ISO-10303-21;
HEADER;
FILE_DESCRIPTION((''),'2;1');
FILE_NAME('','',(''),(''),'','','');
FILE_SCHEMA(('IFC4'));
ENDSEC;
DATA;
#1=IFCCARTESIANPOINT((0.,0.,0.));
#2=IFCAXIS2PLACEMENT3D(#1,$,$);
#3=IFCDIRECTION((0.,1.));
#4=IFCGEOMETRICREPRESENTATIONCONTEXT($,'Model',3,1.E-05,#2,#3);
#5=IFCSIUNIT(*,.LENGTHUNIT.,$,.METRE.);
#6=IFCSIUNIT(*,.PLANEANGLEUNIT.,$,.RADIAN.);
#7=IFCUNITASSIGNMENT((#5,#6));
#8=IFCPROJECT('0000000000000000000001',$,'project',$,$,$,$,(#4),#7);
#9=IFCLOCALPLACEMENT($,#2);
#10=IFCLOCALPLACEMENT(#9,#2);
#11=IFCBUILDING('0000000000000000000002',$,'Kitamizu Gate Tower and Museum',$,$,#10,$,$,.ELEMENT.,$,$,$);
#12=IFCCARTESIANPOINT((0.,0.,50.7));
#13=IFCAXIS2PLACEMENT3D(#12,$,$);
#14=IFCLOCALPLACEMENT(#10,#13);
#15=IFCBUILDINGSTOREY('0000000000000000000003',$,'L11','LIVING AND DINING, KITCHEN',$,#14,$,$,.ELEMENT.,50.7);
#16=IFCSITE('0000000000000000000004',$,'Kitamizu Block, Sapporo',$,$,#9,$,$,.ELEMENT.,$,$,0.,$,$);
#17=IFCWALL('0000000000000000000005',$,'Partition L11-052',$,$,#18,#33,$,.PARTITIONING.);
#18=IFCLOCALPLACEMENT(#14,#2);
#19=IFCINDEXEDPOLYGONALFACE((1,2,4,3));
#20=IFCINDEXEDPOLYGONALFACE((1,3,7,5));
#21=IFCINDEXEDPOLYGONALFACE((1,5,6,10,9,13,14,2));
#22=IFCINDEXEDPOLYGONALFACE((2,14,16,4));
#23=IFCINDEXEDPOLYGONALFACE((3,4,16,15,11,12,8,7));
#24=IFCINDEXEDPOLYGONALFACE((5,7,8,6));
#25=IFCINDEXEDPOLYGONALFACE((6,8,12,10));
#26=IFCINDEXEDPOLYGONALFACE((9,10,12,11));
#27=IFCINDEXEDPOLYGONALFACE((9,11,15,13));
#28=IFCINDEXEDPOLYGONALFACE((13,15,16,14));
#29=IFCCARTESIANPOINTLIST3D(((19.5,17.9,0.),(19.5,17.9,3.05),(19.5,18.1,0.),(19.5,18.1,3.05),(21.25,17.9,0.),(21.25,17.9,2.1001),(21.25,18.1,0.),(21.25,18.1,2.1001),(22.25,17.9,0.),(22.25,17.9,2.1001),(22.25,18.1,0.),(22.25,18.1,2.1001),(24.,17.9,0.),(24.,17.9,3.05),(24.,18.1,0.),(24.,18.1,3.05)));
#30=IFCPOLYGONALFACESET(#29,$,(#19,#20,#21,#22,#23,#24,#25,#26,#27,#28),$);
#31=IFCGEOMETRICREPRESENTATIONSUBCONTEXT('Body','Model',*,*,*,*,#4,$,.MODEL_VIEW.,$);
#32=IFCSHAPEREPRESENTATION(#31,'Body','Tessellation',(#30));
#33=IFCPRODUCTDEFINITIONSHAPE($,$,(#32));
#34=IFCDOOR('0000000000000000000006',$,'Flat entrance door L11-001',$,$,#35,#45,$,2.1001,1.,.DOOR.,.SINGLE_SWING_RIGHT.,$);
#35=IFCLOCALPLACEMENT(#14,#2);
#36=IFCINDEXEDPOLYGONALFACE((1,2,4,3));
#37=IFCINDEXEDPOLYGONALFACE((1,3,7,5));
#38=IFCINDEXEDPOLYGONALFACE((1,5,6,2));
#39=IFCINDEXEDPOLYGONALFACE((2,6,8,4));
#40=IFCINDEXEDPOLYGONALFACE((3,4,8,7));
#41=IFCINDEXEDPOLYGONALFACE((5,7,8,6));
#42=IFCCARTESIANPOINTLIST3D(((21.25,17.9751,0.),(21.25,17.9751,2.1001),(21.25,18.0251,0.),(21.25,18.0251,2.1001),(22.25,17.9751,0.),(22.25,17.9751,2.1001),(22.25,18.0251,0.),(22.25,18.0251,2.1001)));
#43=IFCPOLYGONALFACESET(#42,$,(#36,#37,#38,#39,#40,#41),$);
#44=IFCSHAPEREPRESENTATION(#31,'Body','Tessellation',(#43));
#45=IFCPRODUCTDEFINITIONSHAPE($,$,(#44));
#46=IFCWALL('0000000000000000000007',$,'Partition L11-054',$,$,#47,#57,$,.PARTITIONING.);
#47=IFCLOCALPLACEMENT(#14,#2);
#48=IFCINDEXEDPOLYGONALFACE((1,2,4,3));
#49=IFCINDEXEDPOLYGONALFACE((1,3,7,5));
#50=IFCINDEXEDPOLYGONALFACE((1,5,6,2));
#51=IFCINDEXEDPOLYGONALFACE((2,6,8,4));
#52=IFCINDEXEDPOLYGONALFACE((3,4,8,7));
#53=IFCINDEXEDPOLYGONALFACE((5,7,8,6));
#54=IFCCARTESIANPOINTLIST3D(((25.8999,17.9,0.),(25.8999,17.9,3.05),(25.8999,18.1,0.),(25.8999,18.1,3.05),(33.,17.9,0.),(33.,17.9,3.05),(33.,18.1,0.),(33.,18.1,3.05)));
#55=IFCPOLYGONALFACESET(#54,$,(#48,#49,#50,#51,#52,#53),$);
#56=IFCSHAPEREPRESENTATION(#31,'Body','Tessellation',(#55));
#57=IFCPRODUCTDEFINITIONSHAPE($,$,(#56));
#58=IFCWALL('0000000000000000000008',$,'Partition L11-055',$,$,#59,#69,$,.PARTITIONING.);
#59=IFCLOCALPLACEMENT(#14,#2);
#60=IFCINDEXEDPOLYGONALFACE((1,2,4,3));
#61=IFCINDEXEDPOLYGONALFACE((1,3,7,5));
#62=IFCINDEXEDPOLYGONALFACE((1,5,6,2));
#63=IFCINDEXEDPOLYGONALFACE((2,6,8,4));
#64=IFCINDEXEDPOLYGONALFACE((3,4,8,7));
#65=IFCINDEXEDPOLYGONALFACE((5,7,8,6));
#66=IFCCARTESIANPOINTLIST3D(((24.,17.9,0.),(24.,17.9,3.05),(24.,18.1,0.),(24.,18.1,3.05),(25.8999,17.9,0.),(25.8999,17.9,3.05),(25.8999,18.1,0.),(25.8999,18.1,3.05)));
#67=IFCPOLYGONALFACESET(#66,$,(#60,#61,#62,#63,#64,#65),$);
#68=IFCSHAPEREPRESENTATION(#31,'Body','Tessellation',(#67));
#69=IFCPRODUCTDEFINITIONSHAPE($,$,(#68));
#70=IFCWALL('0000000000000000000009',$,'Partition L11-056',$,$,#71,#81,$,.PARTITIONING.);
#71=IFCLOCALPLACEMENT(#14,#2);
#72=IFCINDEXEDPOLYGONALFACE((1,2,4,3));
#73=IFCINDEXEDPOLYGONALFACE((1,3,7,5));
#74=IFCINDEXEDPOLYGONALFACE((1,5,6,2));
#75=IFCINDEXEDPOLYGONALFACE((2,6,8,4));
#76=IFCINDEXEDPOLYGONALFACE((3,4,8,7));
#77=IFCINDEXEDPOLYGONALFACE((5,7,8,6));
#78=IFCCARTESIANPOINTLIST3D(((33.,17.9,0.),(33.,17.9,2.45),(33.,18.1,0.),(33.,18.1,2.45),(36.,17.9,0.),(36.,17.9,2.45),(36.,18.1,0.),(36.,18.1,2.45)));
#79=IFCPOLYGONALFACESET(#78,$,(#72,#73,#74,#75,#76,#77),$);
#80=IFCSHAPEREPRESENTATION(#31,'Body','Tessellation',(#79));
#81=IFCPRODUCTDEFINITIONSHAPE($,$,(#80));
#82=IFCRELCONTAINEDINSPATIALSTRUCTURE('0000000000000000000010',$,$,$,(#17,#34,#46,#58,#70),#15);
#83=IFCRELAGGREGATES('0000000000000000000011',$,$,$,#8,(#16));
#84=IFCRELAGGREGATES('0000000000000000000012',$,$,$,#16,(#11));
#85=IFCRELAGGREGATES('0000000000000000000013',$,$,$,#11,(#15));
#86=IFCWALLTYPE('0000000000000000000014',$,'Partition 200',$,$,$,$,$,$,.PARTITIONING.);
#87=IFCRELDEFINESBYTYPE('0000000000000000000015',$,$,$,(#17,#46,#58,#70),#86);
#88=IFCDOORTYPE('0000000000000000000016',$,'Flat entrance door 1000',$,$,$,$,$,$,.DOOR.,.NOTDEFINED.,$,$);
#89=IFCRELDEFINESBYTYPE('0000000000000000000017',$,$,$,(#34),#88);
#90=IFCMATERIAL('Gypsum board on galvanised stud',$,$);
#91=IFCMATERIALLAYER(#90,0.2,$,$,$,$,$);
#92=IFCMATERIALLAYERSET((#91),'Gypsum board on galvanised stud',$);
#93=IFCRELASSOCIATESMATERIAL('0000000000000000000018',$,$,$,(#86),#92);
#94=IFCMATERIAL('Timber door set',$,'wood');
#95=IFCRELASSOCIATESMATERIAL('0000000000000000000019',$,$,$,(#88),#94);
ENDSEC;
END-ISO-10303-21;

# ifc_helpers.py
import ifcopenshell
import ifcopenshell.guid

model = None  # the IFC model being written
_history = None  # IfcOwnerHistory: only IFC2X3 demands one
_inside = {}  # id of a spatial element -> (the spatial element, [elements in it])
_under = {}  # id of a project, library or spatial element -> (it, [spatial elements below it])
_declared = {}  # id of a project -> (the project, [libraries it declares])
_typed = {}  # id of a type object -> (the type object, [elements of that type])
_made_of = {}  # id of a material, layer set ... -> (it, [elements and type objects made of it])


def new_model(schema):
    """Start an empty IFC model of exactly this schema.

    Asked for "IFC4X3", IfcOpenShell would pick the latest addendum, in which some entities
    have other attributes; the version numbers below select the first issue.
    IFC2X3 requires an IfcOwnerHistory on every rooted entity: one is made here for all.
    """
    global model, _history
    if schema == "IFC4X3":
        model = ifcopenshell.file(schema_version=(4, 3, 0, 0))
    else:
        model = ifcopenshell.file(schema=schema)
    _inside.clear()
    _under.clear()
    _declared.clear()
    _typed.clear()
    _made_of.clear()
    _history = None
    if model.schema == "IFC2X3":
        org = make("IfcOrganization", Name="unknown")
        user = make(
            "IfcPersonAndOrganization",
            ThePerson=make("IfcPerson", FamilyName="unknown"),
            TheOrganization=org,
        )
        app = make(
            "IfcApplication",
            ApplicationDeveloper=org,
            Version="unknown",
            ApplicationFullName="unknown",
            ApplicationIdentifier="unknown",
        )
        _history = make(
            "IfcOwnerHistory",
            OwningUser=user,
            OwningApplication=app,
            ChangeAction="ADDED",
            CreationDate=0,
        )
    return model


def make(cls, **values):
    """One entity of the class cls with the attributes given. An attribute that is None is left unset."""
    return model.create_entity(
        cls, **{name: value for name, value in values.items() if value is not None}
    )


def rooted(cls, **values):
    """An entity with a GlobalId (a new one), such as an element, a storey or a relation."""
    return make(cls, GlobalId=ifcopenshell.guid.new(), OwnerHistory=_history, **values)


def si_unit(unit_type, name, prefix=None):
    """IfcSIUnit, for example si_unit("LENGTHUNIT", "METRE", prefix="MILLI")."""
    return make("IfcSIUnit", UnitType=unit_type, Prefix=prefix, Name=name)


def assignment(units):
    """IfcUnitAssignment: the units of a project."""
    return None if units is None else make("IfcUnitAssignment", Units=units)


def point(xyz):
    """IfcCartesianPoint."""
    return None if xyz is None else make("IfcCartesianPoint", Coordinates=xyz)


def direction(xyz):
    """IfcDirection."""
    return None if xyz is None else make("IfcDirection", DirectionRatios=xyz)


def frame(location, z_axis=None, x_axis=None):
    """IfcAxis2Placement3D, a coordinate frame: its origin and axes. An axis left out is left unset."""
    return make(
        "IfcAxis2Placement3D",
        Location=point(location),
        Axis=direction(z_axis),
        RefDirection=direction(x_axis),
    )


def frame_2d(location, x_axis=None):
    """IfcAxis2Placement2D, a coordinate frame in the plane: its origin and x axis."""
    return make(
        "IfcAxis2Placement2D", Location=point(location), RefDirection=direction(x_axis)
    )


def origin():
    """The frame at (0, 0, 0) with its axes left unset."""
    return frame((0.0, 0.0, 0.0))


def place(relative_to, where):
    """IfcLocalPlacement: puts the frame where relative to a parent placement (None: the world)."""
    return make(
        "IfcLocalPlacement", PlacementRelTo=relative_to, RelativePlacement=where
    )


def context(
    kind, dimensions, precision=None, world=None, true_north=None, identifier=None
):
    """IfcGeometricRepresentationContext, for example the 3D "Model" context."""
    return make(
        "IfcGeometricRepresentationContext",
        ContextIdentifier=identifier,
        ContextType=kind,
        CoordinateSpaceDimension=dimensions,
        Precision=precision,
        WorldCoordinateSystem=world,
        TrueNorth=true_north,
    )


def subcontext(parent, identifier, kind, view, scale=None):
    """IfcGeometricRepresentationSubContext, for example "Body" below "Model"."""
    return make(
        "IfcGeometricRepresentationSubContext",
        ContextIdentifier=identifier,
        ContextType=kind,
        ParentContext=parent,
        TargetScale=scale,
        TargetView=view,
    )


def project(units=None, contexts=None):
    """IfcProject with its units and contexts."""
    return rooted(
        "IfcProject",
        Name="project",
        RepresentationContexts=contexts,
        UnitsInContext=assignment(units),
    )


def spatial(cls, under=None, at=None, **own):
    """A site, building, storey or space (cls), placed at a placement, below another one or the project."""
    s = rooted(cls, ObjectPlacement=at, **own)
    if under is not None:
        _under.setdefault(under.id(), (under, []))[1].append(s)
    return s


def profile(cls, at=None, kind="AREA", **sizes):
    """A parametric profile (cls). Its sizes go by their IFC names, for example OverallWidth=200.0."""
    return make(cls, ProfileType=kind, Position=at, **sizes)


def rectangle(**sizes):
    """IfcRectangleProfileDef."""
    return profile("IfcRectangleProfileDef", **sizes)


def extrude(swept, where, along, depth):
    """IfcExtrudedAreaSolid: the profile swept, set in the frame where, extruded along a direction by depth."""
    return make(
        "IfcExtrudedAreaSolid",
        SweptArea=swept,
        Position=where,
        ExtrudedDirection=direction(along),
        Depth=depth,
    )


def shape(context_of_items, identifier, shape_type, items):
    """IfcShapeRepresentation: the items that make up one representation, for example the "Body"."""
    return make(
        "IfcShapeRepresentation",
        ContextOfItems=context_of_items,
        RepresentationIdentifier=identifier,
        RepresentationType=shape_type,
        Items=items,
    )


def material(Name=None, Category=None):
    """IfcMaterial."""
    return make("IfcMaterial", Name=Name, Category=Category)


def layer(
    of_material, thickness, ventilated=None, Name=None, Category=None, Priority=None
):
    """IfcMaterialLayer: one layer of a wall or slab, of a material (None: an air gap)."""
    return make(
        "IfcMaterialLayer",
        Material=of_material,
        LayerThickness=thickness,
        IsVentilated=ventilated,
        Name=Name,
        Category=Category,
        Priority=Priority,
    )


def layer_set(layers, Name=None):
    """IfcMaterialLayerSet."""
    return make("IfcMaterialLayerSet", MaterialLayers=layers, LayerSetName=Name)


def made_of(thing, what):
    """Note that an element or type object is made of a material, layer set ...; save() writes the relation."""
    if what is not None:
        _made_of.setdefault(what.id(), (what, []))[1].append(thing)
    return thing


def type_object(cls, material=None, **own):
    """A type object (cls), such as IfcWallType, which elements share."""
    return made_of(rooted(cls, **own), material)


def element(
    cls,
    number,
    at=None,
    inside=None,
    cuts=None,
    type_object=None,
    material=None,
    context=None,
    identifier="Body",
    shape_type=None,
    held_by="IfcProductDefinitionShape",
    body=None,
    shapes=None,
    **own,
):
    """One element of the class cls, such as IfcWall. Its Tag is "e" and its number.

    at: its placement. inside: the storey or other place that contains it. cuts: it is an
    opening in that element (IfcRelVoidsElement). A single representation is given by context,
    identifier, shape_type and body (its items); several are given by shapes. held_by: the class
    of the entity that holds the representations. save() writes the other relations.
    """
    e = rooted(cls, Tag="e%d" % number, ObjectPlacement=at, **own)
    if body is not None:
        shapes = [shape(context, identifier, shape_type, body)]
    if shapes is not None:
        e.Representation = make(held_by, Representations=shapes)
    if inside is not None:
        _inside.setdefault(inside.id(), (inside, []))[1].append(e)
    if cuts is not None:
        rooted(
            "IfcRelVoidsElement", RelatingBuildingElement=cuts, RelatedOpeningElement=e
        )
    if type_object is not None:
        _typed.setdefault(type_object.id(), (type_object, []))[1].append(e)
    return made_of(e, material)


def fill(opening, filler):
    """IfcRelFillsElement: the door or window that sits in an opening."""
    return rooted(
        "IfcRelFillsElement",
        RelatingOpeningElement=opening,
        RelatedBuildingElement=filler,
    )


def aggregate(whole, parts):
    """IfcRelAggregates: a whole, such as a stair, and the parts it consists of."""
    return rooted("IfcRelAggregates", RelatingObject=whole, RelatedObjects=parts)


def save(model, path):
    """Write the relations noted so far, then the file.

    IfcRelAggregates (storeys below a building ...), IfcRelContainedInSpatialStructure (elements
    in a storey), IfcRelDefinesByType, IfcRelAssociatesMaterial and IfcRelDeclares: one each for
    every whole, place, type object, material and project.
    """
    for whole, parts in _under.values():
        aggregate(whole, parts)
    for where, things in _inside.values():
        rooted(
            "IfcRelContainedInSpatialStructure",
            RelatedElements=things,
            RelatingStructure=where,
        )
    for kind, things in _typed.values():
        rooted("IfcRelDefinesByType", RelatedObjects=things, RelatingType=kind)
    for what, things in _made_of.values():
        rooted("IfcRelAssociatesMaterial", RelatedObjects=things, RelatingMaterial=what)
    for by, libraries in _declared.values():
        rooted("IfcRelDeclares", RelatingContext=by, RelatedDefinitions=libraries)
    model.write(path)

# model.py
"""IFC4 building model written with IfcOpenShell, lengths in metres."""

from ifc_helpers import new_model, si_unit, direction, frame, frame_2d, origin, place, context, subcontext, project, spatial, rectangle, extrude, material, layer, layer_set, type_object, element, fill, save


model = new_model("IFC4")

# Units and contexts
model_context = context("Model", 3, precision=1e-05, world=origin(), true_north=direction((0.0, 1.0)))
body_context = subcontext(model_context, "Body", "Model", "MODEL_VIEW")
ifc_project = project(units=[si_unit("LENGTHUNIT", "METRE"), si_unit("PLANEANGLEUNIT", "RADIAN")], contexts=[model_context])

# Site, building, storey
site_placement = place(None, origin())
site = spatial("IfcSite", under=ifc_project, at=site_placement, Name="Kitamizu Block, Sapporo", CompositionType="ELEMENT", RefElevation=0.0)
building_placement = place(site_placement, origin())
building = spatial("IfcBuilding", under=site, at=building_placement, Name="Kitamizu Gate Tower and Museum", CompositionType="ELEMENT")
storey_placement = place(building_placement, frame((0.0, 0.0, 50.7)))
storey = spatial("IfcBuildingStorey", under=building, at=storey_placement, Name="L11", Description="LIVING AND DINING, KITCHEN", CompositionType="ELEMENT", Elevation=50.7)

# Wall, opening, door
ifc_material_1 = material(Name="Gypsum board on galvanised stud")
ifc_layer_1 = layer(ifc_material_1, 0.2)
ifc_layer_set_1 = layer_set([ifc_layer_1], Name="Gypsum board on galvanised stud")
wall_type_1 = type_object("IfcWallType", Name="Partition 200", PredefinedType="PARTITIONING", material=ifc_layer_set_1)
wall_1_placement = place(storey_placement, frame((24.0, 18.0, 0.0), z_axis=(0.0, 0.0, 1.0), x_axis=(-1.0, 0.0, 0.0)))
wall_1 = element("IfcWall", 1, at=wall_1_placement, inside=storey, type_object=wall_type_1, Name="Partition L11-052", PredefinedType="PARTITIONING", context=body_context, shape_type="SweptSolid", body=[
    extrude(rectangle(XDim=4.5, YDim=0.2, at=frame_2d((2.25, 0.0))), origin(), (0.0, 0.0, 1.0), 3.05),
])
opening_1_placement = place(wall_1_placement, frame((1.75, 0.0, 0.0)))
opening_1 = element("IfcOpeningElement", 2, at=opening_1_placement, cuts=wall_1, PredefinedType="OPENING", context=body_context, shape_type="SweptSolid", body=[
    extrude(rectangle(XDim=1.0, YDim=2.1001, at=frame_2d((0.5, 1.05))), frame((0.0, 0.1099, 0.0), z_axis=(0.0, -1.0, 0.0), x_axis=(1.0, 0.0, 0.0)), (0.0, 0.0, 1.0), 0.22),
])
ifc_material_2 = material(Name="Timber door set", Category="wood")
door_type_1 = type_object("IfcDoorType", Name="Flat entrance door 1000", OperationType="NOTDEFINED", PredefinedType="DOOR", material=ifc_material_2)
door_1_placement = place(opening_1_placement, origin())
door_1 = element("IfcDoor", 3, at=door_1_placement, inside=storey, type_object=door_type_1, Name="Flat entrance door L11-001", OperationType="SINGLE_SWING_RIGHT", OverallHeight=2.1001, OverallWidth=1.0, PredefinedType="DOOR", context=body_context, shape_type="SweptSolid", body=[
    extrude(rectangle(XDim=1.0, YDim=2.1001, at=frame_2d((0.5, 1.05))), frame((0.0, 0.0249, 0.0), z_axis=(0.0, -1.0, 0.0), x_axis=(1.0, 0.0, 0.0)), (0.0, 0.0, 1.0), 0.05),
])
fill(opening_1, door_1)

# Walls
wall_2_placement = place(storey_placement, frame((33.0, 18.0, 0.0), z_axis=(0.0, 0.0, 1.0), x_axis=(-1.0, 0.0, 0.0)))
element("IfcWall", 4, at=wall_2_placement, inside=storey, type_object=wall_type_1, Name="Partition L11-054", PredefinedType="PARTITIONING", context=body_context, shape_type="SweptSolid", body=[
    extrude(rectangle(XDim=7.1001, YDim=0.2, at=frame_2d((3.55, 0.0))), origin(), (0.0, 0.0, 1.0), 3.05),
])
wall_3_placement = place(storey_placement, frame((25.8999, 18.0, 0.0), z_axis=(0.0, 0.0, 1.0), x_axis=(-1.0, 0.0, 0.0)))
element("IfcWall", 5, at=wall_3_placement, inside=storey, type_object=wall_type_1, Name="Partition L11-055", PredefinedType="PARTITIONING", context=body_context, shape_type="SweptSolid", body=[
    extrude(rectangle(XDim=1.8999, YDim=0.2, at=frame_2d((0.95, 0.0))), origin(), (0.0, 0.0, 1.0), 3.05),
])
wall_4_placement = place(storey_placement, frame((36.0, 18.0, 0.0), z_axis=(0.0, 0.0, 1.0), x_axis=(-1.0, 0.0, 0.0)))
element("IfcWall", 6, at=wall_4_placement, inside=storey, type_object=wall_type_1, Name="Partition L11-056", PredefinedType="PARTITIONING", context=body_context, shape_type="SweptSolid", body=[
    extrude(rectangle(XDim=3.0, YDim=0.2, at=frame_2d((1.5, 0.0))), origin(), (0.0, 0.0, 1.0), 2.45),
])

save(model, "model.ifc")
